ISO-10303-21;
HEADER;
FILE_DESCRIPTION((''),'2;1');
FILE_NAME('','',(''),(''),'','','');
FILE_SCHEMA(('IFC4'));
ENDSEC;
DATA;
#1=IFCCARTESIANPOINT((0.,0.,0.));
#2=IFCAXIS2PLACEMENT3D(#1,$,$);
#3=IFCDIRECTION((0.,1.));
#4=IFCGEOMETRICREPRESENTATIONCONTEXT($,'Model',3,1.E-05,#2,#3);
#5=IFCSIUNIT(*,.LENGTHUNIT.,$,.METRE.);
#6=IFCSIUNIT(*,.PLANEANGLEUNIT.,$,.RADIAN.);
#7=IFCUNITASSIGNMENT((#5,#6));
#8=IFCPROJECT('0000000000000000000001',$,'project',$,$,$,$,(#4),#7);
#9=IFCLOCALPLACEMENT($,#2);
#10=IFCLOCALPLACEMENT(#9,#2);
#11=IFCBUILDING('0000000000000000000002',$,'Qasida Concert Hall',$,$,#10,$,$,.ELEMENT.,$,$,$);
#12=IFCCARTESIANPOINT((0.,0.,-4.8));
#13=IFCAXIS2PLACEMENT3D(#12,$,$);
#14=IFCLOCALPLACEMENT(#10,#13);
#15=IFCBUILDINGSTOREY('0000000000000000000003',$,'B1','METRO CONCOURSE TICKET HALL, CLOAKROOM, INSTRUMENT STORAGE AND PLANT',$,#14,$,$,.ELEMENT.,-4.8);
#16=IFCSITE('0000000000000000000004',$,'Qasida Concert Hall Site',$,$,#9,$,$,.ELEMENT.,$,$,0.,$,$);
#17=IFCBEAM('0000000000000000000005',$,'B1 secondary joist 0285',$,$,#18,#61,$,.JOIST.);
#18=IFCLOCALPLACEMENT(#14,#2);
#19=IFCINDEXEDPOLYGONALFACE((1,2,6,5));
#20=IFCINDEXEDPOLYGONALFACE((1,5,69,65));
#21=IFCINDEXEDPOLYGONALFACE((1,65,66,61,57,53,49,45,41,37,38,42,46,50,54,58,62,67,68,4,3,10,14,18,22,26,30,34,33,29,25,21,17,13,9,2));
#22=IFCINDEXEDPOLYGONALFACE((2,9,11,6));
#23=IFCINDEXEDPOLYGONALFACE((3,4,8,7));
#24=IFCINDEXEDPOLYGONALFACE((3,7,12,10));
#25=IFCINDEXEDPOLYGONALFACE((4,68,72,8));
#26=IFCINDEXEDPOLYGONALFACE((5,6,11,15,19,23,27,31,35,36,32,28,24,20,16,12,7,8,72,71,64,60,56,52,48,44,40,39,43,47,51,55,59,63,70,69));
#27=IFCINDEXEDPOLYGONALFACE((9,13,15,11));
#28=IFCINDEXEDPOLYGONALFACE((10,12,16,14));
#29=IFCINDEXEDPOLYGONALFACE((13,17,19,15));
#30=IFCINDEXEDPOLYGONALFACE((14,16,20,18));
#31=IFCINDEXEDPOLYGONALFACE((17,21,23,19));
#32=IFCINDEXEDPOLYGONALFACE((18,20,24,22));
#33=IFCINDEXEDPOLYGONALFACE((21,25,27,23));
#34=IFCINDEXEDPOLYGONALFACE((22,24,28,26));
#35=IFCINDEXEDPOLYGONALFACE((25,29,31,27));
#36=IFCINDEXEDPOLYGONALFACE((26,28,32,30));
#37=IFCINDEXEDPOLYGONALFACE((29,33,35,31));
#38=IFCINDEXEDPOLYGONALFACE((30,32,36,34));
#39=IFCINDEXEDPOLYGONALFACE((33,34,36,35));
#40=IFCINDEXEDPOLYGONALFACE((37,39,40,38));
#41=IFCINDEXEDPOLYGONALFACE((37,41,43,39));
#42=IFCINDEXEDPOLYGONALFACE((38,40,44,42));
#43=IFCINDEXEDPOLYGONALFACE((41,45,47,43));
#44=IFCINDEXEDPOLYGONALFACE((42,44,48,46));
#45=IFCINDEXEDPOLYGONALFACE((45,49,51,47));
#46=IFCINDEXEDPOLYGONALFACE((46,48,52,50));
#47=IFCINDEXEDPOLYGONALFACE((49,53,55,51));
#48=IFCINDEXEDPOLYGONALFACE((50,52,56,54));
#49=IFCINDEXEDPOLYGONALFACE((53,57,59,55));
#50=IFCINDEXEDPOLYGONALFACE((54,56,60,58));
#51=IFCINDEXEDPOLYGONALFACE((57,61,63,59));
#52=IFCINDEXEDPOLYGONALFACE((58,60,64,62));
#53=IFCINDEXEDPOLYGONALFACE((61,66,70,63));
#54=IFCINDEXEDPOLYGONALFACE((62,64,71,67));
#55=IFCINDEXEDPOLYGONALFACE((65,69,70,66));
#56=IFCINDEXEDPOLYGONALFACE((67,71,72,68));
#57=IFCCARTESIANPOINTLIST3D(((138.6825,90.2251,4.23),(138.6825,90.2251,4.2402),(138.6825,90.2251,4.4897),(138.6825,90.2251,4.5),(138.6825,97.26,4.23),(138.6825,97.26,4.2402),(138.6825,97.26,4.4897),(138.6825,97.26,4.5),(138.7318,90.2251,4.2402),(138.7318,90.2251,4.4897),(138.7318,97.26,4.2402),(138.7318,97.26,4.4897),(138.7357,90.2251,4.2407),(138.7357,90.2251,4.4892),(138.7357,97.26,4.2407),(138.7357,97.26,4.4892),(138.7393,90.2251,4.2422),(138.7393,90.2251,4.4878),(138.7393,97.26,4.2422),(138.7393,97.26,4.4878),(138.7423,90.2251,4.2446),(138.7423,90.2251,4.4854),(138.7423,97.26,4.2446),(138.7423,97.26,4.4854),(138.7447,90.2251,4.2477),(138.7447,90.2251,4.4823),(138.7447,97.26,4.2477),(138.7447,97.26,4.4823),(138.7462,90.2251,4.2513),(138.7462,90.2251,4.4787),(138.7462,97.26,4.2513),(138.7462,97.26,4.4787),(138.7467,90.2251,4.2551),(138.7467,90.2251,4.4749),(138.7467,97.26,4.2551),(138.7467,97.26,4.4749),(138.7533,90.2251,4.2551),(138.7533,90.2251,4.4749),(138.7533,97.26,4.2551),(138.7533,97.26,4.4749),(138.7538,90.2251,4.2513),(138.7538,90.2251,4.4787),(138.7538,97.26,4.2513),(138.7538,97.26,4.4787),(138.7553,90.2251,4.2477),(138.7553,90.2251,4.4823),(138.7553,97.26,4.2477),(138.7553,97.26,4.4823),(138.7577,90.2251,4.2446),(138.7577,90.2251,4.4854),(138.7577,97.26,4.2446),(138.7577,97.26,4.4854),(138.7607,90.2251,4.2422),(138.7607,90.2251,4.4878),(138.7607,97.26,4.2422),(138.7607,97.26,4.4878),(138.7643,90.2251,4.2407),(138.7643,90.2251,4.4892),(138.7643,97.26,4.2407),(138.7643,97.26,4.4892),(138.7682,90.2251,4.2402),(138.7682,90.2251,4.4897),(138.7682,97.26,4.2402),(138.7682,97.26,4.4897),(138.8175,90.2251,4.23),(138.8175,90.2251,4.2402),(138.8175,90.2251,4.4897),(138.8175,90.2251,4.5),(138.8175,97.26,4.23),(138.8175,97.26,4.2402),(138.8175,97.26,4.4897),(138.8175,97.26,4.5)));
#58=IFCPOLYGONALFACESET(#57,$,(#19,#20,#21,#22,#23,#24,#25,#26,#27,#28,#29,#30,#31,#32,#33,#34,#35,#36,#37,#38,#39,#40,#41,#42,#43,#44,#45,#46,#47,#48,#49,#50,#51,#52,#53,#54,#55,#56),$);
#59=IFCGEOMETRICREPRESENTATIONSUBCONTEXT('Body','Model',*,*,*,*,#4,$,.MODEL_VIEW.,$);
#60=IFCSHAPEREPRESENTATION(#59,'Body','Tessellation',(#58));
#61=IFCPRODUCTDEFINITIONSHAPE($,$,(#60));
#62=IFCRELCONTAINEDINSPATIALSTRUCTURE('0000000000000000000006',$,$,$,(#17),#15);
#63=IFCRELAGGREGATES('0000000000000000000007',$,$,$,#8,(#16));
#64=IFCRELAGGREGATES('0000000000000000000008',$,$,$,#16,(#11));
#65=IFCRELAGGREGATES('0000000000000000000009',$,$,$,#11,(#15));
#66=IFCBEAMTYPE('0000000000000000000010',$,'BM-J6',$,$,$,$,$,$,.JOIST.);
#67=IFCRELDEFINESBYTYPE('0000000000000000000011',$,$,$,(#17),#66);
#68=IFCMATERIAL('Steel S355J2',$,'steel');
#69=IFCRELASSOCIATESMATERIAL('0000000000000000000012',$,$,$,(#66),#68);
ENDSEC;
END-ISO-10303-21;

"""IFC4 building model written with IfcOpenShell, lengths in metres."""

from ifc_helpers import new_model, si_unit, direction, frame, origin, origin_2d, place, context, subcontext, project, spatial, i_section, extrude, material, material_profile, profile_set, type_object, element, save


model = new_model("IFC4")

# Units and contexts
model_context = context("Model", 3, precision=1e-05, world=origin(), true_north=direction((0.0, 1.0)))
body_context = subcontext(model_context, "Body", "Model", "MODEL_VIEW")
ifc_project = project(units=[si_unit("LENGTHUNIT", "METRE"), si_unit("PLANEANGLEUNIT", "RADIAN")], contexts=[model_context])

# Site, building, storey
site_placement = place(None, origin())
site = spatial("IfcSite", under=ifc_project, at=site_placement, Name="Qasida Concert Hall Site", CompositionType="ELEMENT", RefElevation=0.0)
building_placement = place(site_placement, origin())
building = spatial("IfcBuilding", under=site, at=building_placement, Name="Qasida Concert Hall", CompositionType="ELEMENT")
storey_placement = place(building_placement, frame((0.0, 0.0, -4.8)))
storey = spatial("IfcBuildingStorey", under=building, at=storey_placement, Name="B1", Description="METRO CONCOURSE TICKET HALL, CLOAKROOM, INSTRUMENT STORAGE AND PLANT", CompositionType="ELEMENT", Elevation=-4.8)

# Beam
ifc_material_1 = material(Name="Steel S355J2", Category="steel")
ifc_material_profile_1 = material_profile(ifc_material_1, i_section(OverallWidth=0.135, OverallDepth=0.27, WebThickness=0.0066, FlangeThickness=0.0103, FilletRadius=0.0149, at=origin_2d()), Name="IPE 270")
ifc_profile_set_1 = profile_set([ifc_material_profile_1], Name="Steel S355J2")
beam_type_1 = type_object("IfcBeamType", Name="BM-J6", PredefinedType="JOIST", material=ifc_profile_set_1)
beam_1_placement = place(storey_placement, frame((138.75, 90.2251, 4.365), z_axis=(0.0, 1.0, 0.0), x_axis=(-1.0, 0.0, 0.0)))
element("IfcBeam", 1, at=beam_1_placement, inside=storey, type_object=beam_type_1, Name="B1 secondary joist 0285", PredefinedType="JOIST", context=body_context, shape_type="SweptSolid", body=[
    extrude(i_section(OverallWidth=0.135, OverallDepth=0.27, WebThickness=0.0066, FlangeThickness=0.0103, FilletRadius=0.0149, at=origin_2d()), origin(), (0.0, 0.0, 1.0), 7.0349),
])

save(model, "model.ifc")
